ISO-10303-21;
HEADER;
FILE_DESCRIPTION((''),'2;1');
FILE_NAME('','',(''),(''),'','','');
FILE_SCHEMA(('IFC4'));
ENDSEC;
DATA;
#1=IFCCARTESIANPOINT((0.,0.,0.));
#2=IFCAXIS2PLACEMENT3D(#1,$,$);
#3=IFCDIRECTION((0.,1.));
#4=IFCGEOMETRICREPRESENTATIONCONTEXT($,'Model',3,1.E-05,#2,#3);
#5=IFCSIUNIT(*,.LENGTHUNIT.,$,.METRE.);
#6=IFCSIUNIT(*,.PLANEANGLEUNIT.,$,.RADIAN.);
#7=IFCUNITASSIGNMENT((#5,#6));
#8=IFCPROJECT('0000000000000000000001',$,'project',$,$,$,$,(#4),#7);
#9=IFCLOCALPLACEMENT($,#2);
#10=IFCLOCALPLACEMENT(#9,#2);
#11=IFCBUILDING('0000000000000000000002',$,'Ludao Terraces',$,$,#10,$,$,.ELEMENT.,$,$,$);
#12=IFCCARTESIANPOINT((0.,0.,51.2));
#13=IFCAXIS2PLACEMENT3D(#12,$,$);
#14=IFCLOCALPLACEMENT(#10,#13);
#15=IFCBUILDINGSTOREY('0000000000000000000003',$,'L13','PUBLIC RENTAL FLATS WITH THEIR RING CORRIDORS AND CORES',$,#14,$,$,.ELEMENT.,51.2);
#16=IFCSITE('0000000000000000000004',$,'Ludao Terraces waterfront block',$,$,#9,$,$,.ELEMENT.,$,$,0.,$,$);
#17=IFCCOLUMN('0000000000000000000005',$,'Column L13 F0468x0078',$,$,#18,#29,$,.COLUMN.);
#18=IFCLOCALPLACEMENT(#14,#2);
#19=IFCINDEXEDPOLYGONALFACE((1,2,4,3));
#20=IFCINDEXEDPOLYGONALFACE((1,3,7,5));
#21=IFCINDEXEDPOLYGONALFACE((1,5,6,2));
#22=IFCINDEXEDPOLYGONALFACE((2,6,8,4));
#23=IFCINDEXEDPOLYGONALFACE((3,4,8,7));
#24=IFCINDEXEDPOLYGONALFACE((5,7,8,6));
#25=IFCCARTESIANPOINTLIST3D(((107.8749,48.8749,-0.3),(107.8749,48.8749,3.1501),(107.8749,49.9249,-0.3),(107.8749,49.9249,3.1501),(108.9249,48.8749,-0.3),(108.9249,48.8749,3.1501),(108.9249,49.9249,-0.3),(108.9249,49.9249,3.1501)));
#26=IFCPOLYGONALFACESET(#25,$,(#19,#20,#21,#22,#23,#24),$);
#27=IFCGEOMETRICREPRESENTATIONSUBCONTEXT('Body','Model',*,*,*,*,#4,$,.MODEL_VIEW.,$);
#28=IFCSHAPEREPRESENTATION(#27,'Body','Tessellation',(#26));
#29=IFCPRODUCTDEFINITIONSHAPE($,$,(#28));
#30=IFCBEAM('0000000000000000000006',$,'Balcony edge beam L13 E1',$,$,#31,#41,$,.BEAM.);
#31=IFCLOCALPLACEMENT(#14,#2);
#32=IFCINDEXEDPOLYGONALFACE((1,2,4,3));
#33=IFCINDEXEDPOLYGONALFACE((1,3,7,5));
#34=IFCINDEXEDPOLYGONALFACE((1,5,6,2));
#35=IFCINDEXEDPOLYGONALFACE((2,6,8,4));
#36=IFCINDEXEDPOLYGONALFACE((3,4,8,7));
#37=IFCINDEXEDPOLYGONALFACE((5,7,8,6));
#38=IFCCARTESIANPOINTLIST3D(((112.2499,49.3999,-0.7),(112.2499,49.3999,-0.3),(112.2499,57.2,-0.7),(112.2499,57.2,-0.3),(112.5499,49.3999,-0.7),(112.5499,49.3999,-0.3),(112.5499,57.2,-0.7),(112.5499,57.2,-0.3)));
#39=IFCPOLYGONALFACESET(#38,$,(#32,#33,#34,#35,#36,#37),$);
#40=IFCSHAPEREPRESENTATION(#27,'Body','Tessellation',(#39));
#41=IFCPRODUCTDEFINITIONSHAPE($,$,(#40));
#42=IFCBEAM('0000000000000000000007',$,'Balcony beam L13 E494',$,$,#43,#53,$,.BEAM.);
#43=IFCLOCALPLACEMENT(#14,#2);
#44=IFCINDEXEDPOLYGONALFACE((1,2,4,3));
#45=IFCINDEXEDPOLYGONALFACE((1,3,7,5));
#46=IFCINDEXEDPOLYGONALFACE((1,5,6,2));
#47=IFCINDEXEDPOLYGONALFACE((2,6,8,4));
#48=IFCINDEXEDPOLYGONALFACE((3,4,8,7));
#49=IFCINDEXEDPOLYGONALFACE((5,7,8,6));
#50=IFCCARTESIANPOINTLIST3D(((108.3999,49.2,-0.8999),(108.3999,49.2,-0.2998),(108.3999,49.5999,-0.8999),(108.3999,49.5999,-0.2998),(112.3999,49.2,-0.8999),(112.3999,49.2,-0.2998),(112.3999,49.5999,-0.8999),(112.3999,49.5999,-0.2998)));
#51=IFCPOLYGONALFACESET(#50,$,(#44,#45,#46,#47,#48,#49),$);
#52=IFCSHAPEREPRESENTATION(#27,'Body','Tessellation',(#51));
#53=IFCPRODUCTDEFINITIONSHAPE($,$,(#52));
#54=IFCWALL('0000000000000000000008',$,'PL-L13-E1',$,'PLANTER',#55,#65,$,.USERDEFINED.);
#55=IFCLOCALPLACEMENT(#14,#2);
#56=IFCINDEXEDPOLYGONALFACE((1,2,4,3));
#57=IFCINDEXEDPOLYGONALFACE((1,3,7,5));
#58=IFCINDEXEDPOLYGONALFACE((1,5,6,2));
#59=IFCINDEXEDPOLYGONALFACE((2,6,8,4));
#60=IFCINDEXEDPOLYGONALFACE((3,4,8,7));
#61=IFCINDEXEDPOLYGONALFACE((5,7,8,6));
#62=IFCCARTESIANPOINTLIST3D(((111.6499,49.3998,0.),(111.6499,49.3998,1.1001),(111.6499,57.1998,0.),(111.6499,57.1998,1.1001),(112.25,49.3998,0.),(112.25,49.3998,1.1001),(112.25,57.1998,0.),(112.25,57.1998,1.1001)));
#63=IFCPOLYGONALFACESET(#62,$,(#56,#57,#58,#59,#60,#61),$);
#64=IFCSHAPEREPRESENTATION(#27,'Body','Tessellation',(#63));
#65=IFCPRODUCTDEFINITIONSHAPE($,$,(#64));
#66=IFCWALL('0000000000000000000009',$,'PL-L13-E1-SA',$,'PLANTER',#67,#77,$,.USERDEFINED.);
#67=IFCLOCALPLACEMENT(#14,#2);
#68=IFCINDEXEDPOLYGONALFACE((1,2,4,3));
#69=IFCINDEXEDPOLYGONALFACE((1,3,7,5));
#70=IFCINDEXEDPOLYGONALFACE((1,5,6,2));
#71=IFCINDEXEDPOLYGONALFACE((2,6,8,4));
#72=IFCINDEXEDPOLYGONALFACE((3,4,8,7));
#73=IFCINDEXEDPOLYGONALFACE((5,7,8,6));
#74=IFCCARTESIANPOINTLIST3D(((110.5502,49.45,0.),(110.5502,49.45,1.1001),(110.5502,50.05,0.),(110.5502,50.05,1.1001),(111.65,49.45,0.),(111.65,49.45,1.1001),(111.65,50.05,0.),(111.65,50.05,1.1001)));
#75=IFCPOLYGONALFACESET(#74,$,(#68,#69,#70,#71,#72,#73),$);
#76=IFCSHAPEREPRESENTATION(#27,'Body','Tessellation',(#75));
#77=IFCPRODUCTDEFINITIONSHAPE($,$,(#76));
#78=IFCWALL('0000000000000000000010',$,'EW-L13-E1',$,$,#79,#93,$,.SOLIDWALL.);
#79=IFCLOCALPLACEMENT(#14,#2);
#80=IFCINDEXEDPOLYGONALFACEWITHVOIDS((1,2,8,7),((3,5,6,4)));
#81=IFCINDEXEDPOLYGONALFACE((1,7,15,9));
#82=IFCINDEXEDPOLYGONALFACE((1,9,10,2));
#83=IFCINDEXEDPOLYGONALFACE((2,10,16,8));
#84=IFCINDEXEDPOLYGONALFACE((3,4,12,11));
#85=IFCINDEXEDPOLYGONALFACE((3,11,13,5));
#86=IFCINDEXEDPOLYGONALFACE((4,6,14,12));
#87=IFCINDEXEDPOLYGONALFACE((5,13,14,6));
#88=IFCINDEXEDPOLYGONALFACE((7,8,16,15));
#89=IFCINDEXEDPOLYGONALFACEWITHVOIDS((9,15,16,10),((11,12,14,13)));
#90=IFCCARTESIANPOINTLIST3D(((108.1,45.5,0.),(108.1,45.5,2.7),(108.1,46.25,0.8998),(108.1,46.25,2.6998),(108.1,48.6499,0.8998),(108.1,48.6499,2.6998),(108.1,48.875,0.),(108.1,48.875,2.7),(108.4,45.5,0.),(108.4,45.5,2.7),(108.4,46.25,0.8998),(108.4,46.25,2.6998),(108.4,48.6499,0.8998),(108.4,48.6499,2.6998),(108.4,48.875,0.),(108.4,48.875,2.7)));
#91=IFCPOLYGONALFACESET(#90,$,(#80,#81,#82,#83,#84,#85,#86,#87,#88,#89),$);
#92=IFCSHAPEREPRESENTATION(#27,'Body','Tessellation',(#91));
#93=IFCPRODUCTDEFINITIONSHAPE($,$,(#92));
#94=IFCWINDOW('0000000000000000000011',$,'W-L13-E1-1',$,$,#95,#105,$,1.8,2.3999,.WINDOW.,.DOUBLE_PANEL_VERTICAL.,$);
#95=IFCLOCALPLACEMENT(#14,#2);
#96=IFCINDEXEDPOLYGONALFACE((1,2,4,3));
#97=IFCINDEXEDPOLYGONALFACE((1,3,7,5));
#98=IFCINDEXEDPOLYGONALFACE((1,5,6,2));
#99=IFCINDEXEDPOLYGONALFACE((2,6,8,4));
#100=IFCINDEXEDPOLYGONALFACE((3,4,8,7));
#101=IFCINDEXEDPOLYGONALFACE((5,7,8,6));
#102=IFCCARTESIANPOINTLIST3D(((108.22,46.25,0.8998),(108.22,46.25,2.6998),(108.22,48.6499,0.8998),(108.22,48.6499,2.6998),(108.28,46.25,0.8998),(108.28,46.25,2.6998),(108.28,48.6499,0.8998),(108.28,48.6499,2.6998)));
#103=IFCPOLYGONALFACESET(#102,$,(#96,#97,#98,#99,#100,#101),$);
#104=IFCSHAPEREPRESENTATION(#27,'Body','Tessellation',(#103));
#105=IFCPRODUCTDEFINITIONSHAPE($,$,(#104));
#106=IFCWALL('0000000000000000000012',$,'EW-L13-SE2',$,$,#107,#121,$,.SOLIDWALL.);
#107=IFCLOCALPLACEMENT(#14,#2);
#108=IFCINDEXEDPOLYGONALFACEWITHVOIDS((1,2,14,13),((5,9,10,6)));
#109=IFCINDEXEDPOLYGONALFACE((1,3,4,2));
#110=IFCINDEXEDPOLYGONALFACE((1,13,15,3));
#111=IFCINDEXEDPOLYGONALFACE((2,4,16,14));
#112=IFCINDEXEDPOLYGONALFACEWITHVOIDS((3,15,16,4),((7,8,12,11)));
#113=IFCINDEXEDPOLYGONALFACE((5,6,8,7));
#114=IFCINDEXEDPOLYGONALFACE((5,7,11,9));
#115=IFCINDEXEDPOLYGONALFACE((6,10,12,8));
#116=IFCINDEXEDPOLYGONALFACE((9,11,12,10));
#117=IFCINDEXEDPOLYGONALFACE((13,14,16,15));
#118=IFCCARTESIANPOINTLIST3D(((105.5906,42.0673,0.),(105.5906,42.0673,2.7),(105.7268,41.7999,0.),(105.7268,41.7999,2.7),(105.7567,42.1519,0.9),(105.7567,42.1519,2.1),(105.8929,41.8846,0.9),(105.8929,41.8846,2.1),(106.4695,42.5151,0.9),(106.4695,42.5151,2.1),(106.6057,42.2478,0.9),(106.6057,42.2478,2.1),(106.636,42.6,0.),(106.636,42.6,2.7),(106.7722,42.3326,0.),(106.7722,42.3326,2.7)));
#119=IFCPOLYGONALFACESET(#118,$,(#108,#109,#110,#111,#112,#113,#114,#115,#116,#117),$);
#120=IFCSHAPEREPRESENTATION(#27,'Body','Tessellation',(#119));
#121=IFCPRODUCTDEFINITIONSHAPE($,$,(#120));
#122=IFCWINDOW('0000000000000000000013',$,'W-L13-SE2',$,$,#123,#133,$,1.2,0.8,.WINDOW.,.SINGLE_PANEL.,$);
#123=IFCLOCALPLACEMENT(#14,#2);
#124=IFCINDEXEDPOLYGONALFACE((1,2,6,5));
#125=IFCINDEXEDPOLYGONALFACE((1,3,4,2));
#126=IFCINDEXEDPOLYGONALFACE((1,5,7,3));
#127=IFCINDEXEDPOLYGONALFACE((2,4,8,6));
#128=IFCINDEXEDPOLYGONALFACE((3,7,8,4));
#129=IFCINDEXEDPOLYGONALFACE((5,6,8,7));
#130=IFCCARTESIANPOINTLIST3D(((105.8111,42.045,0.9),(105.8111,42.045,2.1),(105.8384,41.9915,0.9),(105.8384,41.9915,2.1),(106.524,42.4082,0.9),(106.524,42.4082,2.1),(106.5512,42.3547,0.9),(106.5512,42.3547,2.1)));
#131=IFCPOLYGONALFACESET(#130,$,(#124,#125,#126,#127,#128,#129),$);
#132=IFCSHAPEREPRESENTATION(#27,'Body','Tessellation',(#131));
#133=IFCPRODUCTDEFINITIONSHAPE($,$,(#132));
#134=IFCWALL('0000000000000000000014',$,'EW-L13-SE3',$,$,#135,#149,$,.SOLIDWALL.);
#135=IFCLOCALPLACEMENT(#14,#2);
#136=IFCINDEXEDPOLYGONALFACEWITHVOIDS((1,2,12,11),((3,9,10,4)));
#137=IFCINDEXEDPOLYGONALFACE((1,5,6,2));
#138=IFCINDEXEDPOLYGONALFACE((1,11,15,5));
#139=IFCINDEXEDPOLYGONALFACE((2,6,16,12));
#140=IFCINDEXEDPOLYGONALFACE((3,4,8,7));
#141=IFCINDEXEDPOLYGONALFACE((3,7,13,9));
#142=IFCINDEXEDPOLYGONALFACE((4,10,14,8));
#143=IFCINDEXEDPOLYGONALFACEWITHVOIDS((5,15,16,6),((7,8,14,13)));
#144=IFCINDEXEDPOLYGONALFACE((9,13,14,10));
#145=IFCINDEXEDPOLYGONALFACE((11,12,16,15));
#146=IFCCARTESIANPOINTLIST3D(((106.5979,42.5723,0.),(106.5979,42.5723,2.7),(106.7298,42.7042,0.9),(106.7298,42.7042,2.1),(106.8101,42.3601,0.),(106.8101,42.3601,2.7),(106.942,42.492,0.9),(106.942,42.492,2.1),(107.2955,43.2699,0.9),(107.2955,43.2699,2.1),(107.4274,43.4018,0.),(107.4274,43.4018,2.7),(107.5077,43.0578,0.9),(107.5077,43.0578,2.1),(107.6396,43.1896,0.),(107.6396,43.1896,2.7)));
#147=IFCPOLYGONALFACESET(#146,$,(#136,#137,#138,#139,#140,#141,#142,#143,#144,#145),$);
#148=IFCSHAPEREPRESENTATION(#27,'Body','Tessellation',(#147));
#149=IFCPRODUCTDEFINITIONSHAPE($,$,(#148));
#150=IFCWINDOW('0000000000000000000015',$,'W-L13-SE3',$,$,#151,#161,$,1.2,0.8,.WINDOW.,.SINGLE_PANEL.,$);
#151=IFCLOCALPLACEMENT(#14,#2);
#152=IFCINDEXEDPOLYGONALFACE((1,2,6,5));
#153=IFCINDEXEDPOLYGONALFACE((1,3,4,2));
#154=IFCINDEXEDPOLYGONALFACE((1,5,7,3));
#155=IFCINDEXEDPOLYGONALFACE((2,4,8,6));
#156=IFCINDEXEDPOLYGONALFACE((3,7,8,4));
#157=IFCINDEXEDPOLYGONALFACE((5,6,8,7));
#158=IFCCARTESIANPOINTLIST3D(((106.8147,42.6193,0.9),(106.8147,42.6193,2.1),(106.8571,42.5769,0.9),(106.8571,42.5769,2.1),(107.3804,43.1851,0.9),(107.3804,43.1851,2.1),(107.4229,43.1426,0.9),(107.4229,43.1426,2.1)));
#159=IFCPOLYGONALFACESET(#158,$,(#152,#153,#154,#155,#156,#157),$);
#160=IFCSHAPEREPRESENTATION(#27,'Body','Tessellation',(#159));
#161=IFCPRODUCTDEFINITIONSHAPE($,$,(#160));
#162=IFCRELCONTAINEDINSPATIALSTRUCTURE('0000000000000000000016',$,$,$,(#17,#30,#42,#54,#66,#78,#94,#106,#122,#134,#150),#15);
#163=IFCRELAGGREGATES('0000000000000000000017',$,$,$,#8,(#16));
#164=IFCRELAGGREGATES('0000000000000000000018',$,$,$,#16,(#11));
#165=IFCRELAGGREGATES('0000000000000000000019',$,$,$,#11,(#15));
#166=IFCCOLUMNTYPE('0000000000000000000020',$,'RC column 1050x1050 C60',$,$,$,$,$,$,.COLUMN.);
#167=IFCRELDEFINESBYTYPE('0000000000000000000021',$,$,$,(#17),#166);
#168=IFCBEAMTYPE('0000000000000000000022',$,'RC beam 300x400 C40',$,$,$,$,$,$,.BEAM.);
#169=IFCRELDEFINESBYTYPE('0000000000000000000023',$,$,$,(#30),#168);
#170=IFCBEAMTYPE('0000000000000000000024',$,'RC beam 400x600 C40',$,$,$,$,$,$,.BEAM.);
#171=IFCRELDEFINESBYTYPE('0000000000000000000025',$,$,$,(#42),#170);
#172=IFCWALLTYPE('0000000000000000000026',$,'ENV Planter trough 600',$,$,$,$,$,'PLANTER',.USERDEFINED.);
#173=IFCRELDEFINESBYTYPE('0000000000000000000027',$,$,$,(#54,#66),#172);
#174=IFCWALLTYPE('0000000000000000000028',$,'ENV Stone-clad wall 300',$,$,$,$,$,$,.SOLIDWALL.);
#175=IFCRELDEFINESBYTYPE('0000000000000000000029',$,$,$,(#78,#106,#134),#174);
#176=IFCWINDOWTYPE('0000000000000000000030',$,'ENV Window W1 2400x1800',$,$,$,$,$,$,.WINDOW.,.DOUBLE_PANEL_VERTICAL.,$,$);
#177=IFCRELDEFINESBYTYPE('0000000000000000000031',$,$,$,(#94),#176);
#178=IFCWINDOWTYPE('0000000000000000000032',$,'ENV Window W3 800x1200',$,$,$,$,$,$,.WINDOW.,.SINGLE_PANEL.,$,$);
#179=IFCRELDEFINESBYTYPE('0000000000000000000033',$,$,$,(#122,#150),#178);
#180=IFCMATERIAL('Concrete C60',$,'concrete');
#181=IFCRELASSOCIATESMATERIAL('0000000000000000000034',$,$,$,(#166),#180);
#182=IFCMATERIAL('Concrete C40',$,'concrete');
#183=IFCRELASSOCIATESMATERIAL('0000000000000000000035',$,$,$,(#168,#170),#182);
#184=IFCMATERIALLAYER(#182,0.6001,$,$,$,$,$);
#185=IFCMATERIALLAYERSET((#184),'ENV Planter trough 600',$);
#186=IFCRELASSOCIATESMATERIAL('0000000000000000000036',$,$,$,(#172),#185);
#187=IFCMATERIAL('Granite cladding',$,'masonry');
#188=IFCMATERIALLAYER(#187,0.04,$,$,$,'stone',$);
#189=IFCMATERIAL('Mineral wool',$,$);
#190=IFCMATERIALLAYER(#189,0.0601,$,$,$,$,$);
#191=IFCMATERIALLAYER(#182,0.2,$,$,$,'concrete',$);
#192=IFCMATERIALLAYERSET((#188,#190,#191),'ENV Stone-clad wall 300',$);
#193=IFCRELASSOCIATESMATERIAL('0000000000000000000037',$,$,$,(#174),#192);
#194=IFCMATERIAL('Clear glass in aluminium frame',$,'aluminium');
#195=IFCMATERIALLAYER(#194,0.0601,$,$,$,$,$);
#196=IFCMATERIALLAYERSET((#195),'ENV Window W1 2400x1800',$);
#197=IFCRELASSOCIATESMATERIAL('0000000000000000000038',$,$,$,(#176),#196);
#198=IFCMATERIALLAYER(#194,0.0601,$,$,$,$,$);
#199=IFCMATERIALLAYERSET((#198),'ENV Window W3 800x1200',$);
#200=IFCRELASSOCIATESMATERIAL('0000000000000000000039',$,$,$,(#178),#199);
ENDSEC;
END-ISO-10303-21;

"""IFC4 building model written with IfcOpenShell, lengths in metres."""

from ifc_helpers import new_model, si_unit, direction, frame, frame_2d, origin, origin_2d, place, context, subcontext, project, spatial, rectangle, extrude, material, layer, layer_set, material_profile, profile_set, type_object, element, fill, save


model = new_model("IFC4")

# Units and contexts
model_context = context("Model", 3, precision=1e-05, world=origin(), true_north=direction((0.0, 1.0)))
body_context = subcontext(model_context, "Body", "Model", "MODEL_VIEW")
ifc_project = project(units=[si_unit("LENGTHUNIT", "METRE"), si_unit("PLANEANGLEUNIT", "RADIAN")], contexts=[model_context])

# Site, building, storey
site_placement = place(None, origin())
site = spatial("IfcSite", under=ifc_project, at=site_placement, Name="Ludao Terraces waterfront block", CompositionType="ELEMENT", RefElevation=0.0)
building_placement = place(site_placement, origin())
building = spatial("IfcBuilding", under=site, at=building_placement, Name="Ludao Terraces", CompositionType="ELEMENT")
storey_placement = place(building_placement, frame((0.0, 0.0, 51.2)))
storey = spatial("IfcBuildingStorey", under=building, at=storey_placement, Name="L13", Description="PUBLIC RENTAL FLATS WITH THEIR RING CORRIDORS AND CORES", CompositionType="ELEMENT", Elevation=51.2)

# Column
ifc_material_1 = material(Name="Concrete C60", Category="concrete")
ifc_material_profile_1 = material_profile(ifc_material_1, rectangle(XDim=1.05, YDim=1.05, at=origin_2d()), Name="1050 X 1050")
ifc_profile_set_1 = profile_set([ifc_material_profile_1], Name="Concrete C60")
column_type = type_object("IfcColumnType", Name="RC column 1050x1050 C60", PredefinedType="COLUMN", material=ifc_profile_set_1)
column_placement = place(storey_placement, frame((108.3999, 49.3999, -0.3), z_axis=(0.0, 0.0, 1.0), x_axis=(1.0, 0.0, 0.0)))
element("IfcColumn", 1, at=column_placement, inside=storey, type_object=column_type, Name="Column L13 F0468x0078", PredefinedType="COLUMN", context=body_context, shape_type="SweptSolid", body=[
    extrude(rectangle(XDim=1.05, YDim=1.05, at=origin_2d()), origin(), (0.0, 0.0, 1.0), 3.4502),
])

# Beams
ifc_material_2 = material(Name="Concrete C40", Category="concrete")
ifc_material_profile_2 = material_profile(ifc_material_2, rectangle(XDim=0.3, YDim=0.3999, at=origin_2d()), Name="300 X 400")
ifc_profile_set_2 = profile_set([ifc_material_profile_2], Name="Concrete C40")
beam_type_1 = type_object("IfcBeamType", Name="RC beam 300x400 C40", PredefinedType="BEAM", material=ifc_profile_set_2)
beam_1_placement = place(storey_placement, frame((112.3999, 49.3999, -0.5), z_axis=(0.0, 1.0, 0.0), x_axis=(-1.0, 0.0, 0.0)))
element("IfcBeam", 2, at=beam_1_placement, inside=storey, type_object=beam_type_1, Name="Balcony edge beam L13 E1", PredefinedType="BEAM", context=body_context, shape_type="SweptSolid", body=[
    extrude(rectangle(XDim=0.3, YDim=0.3999, at=origin_2d()), origin(), (0.0, 0.0, 1.0), 7.8),
])
ifc_material_profile_3 = material_profile(ifc_material_2, rectangle(XDim=0.3999, YDim=0.6001, at=origin_2d()), Name="400 X 600")
ifc_profile_set_3 = profile_set([ifc_material_profile_3], Name="Concrete C40")
beam_type_2 = type_object("IfcBeamType", Name="RC beam 400x600 C40", PredefinedType="BEAM", material=ifc_profile_set_3)
beam_2_placement = place(storey_placement, frame((108.3999, 49.3999, -0.5999), z_axis=(1.0, 0.0, 0.0), x_axis=(0.0, 1.0, 0.0)))
element("IfcBeam", 3, at=beam_2_placement, inside=storey, type_object=beam_type_2, Name="Balcony beam L13 E494", PredefinedType="BEAM", context=body_context, shape_type="SweptSolid", body=[
    extrude(rectangle(XDim=0.3999, YDim=0.6001, at=origin_2d()), origin(), (0.0, 0.0, 1.0), 4.0),
])

# Walls
ifc_layer_1 = layer(ifc_material_2, 0.6001)
ifc_layer_set_1 = layer_set([ifc_layer_1], Name="ENV Planter trough 600")
wall_type_1 = type_object("IfcWallType", Name="ENV Planter trough 600", ElementType="PLANTER", PredefinedType="USERDEFINED", material=ifc_layer_set_1)
wall_1_placement = place(storey_placement, frame((111.95, 49.3999, 0.0), z_axis=(0.0, 0.0, 1.0), x_axis=(0.0, 1.0, 0.0)))
element("IfcWall", 4, at=wall_1_placement, inside=storey, type_object=wall_type_1, Name="PL-L13-E1", ObjectType="PLANTER", PredefinedType="USERDEFINED", context=body_context, shape_type="SweptSolid", body=[
    extrude(rectangle(XDim=7.8, YDim=0.6001, at=frame_2d((3.8999, 0.0))), origin(), (0.0, 0.0, 1.0), 1.1001),
])
wall_2_placement = place(storey_placement, frame((111.6499, 49.75, 0.0), z_axis=(0.0, 0.0, 1.0), x_axis=(-1.0, 0.0, 0.0)))
element("IfcWall", 5, at=wall_2_placement, inside=storey, type_object=wall_type_1, Name="PL-L13-E1-SA", ObjectType="PLANTER", PredefinedType="USERDEFINED", context=body_context, shape_type="SweptSolid", body=[
    extrude(rectangle(XDim=1.0999, YDim=0.6001, at=frame_2d((0.5498, 0.0))), origin(), (0.0, 0.0, 1.0), 1.1001),
])

# Wall, opening, window
ifc_material_3 = material(Name="Granite cladding", Category="masonry")
ifc_layer_2 = layer(ifc_material_3, 0.04, Category="stone")
ifc_material_4 = material(Name="Mineral wool")
ifc_layer_3 = layer(ifc_material_4, 0.0601)
ifc_layer_4 = layer(ifc_material_2, 0.2, Category="concrete")
ifc_layer_set_2 = layer_set([ifc_layer_2, ifc_layer_3, ifc_layer_4], Name="ENV Stone-clad wall 300")
wall_type_2 = type_object("IfcWallType", Name="ENV Stone-clad wall 300", PredefinedType="SOLIDWALL", material=ifc_layer_set_2)
wall_3_placement = place(storey_placement, frame((108.25, 45.5, 0.0), z_axis=(0.0, 0.0, 1.0), x_axis=(0.0, 1.0, 0.0)))
wall_3 = element("IfcWall", 6, at=wall_3_placement, inside=storey, type_object=wall_type_2, Name="EW-L13-E1", PredefinedType="SOLIDWALL", context=body_context, shape_type="SweptSolid", body=[
    extrude(rectangle(XDim=3.375, YDim=0.3, at=frame_2d((1.6875, 0.0))), origin(), (0.0, 0.0, 1.0), 2.7),
])
opening_1_placement = place(wall_3_placement, frame((0.75, 0.0, 0.8999)))
opening_1 = element("IfcOpeningElement", 7, at=opening_1_placement, cuts=wall_3, PredefinedType="OPENING", context=body_context, shape_type="SweptSolid", body=[
    extrude(rectangle(XDim=2.3999, YDim=1.8, at=frame_2d((1.2, 0.8999))), frame((0.0, 0.1602, 0.0), z_axis=(0.0, -1.0, 0.0), x_axis=(1.0, 0.0, 0.0)), (0.0, 0.0, 1.0), 0.3201),
])
ifc_material_5 = material(Name="Clear glass in aluminium frame", Category="aluminium")
ifc_layer_5 = layer(ifc_material_5, 0.0601)
ifc_layer_set_3 = layer_set([ifc_layer_5], Name="ENV Window W1 2400x1800")
window_type_1 = type_object("IfcWindowType", Name="ENV Window W1 2400x1800", PartitioningType="DOUBLE_PANEL_VERTICAL", PredefinedType="WINDOW", material=ifc_layer_set_3)
window_1_placement = place(opening_1_placement, origin())
window_1 = element("IfcWindow", 8, at=window_1_placement, inside=storey, type_object=window_type_1, Name="W-L13-E1-1", OverallHeight=1.8, OverallWidth=2.3999, PartitioningType="DOUBLE_PANEL_VERTICAL", PredefinedType="WINDOW", context=body_context, shape_type="SweptSolid", body=[
    extrude(rectangle(XDim=2.3999, YDim=1.8, at=frame_2d((1.2, 0.8999))), frame((0.0, 0.03, 0.0), z_axis=(0.0, -1.0, 0.0), x_axis=(1.0, 0.0, 0.0)), (0.0, 0.0, 1.0), 0.0601),
])
fill(opening_1, window_1)

# Walls, openings, windows
wall_4_placement = place(storey_placement, frame((105.6587, 41.9336, 0.0), z_axis=(0.0, 0.0, 1.0), x_axis=(0.890989, 0.454026, 0.0)))
wall_4 = element("IfcWall", 9, at=wall_4_placement, inside=storey, type_object=wall_type_2, Name="EW-L13-SE2", PredefinedType="SOLIDWALL", context=body_context, shape_type="SweptSolid", body=[
    extrude(rectangle(XDim=1.1733, YDim=0.3, at=frame_2d((0.5867, 0.0))), origin(), (0.0, 0.0, 1.0), 2.7),
])
opening_2_placement = place(wall_4_placement, frame((0.1865, 0.0, 0.8999)))
opening_2 = element("IfcOpeningElement", 10, at=opening_2_placement, cuts=wall_4, PredefinedType="OPENING", context=body_context, shape_type="SweptSolid", body=[
    extrude(rectangle(XDim=0.8, YDim=1.2, at=frame_2d((0.3999, 0.6001))), frame((0.0, 0.1602, 0.0), z_axis=(0.0, -1.0, 0.0), x_axis=(1.0, 0.0, 0.0)), (0.0, 0.0, 1.0), 0.3201),
])
ifc_layer_6 = layer(ifc_material_5, 0.0601)
ifc_layer_set_4 = layer_set([ifc_layer_6], Name="ENV Window W3 800x1200")
window_type_2 = type_object("IfcWindowType", Name="ENV Window W3 800x1200", PartitioningType="SINGLE_PANEL", PredefinedType="WINDOW", material=ifc_layer_set_4)
window_2_placement = place(opening_2_placement, origin())
window_2 = element("IfcWindow", 11, at=window_2_placement, inside=storey, type_object=window_type_2, Name="W-L13-SE2", OverallHeight=1.2, OverallWidth=0.8, PartitioningType="SINGLE_PANEL", PredefinedType="WINDOW", context=body_context, shape_type="SweptSolid", body=[
    extrude(rectangle(XDim=0.8, YDim=1.2, at=frame_2d((0.3999, 0.6001))), frame((0.0, 0.03, 0.0), z_axis=(0.0, -1.0, 0.0), x_axis=(1.0, 0.0, 0.0)), (0.0, 0.0, 1.0), 0.0601),
])
fill(opening_2, window_2)
wall_5_placement = place(storey_placement, frame((106.7041, 42.4663, 0.0), z_axis=(0.0, 0.0, 1.0), x_axis=(0.707107, 0.707107, 0.0)))
wall_5 = element("IfcWall", 12, at=wall_5_placement, inside=storey, type_object=wall_type_2, Name="EW-L13-SE3", PredefinedType="SOLIDWALL", context=body_context, shape_type="SweptSolid", body=[
    extrude(rectangle(XDim=1.1731, YDim=0.3, at=frame_2d((0.5864, 0.0))), origin(), (0.0, 0.0, 1.0), 2.7),
])
opening_3_placement = place(wall_5_placement, frame((0.1865, 0.0, 0.8999)))
opening_3 = element("IfcOpeningElement", 13, at=opening_3_placement, cuts=wall_5, PredefinedType="OPENING", context=body_context, shape_type="SweptSolid", body=[
    extrude(rectangle(XDim=0.8, YDim=1.2, at=frame_2d((0.3999, 0.6001))), frame((0.0, 0.1602, 0.0), z_axis=(0.0, -1.0, 0.0), x_axis=(1.0, 0.0, 0.0)), (0.0, 0.0, 1.0), 0.3201),
])
window_3_placement = place(opening_3_placement, origin())
window_3 = element("IfcWindow", 14, at=window_3_placement, inside=storey, type_object=window_type_2, Name="W-L13-SE3", OverallHeight=1.2, OverallWidth=0.8, PartitioningType="SINGLE_PANEL", PredefinedType="WINDOW", context=body_context, shape_type="SweptSolid", body=[
    extrude(rectangle(XDim=0.8, YDim=1.2, at=frame_2d((0.3999, 0.6001))), frame((0.0, 0.03, 0.0), z_axis=(0.0, -1.0, 0.0), x_axis=(1.0, 0.0, 0.0)), (0.0, 0.0, 1.0), 0.0601),
])
fill(opening_3, window_3)

save(model, "model.ifc")
